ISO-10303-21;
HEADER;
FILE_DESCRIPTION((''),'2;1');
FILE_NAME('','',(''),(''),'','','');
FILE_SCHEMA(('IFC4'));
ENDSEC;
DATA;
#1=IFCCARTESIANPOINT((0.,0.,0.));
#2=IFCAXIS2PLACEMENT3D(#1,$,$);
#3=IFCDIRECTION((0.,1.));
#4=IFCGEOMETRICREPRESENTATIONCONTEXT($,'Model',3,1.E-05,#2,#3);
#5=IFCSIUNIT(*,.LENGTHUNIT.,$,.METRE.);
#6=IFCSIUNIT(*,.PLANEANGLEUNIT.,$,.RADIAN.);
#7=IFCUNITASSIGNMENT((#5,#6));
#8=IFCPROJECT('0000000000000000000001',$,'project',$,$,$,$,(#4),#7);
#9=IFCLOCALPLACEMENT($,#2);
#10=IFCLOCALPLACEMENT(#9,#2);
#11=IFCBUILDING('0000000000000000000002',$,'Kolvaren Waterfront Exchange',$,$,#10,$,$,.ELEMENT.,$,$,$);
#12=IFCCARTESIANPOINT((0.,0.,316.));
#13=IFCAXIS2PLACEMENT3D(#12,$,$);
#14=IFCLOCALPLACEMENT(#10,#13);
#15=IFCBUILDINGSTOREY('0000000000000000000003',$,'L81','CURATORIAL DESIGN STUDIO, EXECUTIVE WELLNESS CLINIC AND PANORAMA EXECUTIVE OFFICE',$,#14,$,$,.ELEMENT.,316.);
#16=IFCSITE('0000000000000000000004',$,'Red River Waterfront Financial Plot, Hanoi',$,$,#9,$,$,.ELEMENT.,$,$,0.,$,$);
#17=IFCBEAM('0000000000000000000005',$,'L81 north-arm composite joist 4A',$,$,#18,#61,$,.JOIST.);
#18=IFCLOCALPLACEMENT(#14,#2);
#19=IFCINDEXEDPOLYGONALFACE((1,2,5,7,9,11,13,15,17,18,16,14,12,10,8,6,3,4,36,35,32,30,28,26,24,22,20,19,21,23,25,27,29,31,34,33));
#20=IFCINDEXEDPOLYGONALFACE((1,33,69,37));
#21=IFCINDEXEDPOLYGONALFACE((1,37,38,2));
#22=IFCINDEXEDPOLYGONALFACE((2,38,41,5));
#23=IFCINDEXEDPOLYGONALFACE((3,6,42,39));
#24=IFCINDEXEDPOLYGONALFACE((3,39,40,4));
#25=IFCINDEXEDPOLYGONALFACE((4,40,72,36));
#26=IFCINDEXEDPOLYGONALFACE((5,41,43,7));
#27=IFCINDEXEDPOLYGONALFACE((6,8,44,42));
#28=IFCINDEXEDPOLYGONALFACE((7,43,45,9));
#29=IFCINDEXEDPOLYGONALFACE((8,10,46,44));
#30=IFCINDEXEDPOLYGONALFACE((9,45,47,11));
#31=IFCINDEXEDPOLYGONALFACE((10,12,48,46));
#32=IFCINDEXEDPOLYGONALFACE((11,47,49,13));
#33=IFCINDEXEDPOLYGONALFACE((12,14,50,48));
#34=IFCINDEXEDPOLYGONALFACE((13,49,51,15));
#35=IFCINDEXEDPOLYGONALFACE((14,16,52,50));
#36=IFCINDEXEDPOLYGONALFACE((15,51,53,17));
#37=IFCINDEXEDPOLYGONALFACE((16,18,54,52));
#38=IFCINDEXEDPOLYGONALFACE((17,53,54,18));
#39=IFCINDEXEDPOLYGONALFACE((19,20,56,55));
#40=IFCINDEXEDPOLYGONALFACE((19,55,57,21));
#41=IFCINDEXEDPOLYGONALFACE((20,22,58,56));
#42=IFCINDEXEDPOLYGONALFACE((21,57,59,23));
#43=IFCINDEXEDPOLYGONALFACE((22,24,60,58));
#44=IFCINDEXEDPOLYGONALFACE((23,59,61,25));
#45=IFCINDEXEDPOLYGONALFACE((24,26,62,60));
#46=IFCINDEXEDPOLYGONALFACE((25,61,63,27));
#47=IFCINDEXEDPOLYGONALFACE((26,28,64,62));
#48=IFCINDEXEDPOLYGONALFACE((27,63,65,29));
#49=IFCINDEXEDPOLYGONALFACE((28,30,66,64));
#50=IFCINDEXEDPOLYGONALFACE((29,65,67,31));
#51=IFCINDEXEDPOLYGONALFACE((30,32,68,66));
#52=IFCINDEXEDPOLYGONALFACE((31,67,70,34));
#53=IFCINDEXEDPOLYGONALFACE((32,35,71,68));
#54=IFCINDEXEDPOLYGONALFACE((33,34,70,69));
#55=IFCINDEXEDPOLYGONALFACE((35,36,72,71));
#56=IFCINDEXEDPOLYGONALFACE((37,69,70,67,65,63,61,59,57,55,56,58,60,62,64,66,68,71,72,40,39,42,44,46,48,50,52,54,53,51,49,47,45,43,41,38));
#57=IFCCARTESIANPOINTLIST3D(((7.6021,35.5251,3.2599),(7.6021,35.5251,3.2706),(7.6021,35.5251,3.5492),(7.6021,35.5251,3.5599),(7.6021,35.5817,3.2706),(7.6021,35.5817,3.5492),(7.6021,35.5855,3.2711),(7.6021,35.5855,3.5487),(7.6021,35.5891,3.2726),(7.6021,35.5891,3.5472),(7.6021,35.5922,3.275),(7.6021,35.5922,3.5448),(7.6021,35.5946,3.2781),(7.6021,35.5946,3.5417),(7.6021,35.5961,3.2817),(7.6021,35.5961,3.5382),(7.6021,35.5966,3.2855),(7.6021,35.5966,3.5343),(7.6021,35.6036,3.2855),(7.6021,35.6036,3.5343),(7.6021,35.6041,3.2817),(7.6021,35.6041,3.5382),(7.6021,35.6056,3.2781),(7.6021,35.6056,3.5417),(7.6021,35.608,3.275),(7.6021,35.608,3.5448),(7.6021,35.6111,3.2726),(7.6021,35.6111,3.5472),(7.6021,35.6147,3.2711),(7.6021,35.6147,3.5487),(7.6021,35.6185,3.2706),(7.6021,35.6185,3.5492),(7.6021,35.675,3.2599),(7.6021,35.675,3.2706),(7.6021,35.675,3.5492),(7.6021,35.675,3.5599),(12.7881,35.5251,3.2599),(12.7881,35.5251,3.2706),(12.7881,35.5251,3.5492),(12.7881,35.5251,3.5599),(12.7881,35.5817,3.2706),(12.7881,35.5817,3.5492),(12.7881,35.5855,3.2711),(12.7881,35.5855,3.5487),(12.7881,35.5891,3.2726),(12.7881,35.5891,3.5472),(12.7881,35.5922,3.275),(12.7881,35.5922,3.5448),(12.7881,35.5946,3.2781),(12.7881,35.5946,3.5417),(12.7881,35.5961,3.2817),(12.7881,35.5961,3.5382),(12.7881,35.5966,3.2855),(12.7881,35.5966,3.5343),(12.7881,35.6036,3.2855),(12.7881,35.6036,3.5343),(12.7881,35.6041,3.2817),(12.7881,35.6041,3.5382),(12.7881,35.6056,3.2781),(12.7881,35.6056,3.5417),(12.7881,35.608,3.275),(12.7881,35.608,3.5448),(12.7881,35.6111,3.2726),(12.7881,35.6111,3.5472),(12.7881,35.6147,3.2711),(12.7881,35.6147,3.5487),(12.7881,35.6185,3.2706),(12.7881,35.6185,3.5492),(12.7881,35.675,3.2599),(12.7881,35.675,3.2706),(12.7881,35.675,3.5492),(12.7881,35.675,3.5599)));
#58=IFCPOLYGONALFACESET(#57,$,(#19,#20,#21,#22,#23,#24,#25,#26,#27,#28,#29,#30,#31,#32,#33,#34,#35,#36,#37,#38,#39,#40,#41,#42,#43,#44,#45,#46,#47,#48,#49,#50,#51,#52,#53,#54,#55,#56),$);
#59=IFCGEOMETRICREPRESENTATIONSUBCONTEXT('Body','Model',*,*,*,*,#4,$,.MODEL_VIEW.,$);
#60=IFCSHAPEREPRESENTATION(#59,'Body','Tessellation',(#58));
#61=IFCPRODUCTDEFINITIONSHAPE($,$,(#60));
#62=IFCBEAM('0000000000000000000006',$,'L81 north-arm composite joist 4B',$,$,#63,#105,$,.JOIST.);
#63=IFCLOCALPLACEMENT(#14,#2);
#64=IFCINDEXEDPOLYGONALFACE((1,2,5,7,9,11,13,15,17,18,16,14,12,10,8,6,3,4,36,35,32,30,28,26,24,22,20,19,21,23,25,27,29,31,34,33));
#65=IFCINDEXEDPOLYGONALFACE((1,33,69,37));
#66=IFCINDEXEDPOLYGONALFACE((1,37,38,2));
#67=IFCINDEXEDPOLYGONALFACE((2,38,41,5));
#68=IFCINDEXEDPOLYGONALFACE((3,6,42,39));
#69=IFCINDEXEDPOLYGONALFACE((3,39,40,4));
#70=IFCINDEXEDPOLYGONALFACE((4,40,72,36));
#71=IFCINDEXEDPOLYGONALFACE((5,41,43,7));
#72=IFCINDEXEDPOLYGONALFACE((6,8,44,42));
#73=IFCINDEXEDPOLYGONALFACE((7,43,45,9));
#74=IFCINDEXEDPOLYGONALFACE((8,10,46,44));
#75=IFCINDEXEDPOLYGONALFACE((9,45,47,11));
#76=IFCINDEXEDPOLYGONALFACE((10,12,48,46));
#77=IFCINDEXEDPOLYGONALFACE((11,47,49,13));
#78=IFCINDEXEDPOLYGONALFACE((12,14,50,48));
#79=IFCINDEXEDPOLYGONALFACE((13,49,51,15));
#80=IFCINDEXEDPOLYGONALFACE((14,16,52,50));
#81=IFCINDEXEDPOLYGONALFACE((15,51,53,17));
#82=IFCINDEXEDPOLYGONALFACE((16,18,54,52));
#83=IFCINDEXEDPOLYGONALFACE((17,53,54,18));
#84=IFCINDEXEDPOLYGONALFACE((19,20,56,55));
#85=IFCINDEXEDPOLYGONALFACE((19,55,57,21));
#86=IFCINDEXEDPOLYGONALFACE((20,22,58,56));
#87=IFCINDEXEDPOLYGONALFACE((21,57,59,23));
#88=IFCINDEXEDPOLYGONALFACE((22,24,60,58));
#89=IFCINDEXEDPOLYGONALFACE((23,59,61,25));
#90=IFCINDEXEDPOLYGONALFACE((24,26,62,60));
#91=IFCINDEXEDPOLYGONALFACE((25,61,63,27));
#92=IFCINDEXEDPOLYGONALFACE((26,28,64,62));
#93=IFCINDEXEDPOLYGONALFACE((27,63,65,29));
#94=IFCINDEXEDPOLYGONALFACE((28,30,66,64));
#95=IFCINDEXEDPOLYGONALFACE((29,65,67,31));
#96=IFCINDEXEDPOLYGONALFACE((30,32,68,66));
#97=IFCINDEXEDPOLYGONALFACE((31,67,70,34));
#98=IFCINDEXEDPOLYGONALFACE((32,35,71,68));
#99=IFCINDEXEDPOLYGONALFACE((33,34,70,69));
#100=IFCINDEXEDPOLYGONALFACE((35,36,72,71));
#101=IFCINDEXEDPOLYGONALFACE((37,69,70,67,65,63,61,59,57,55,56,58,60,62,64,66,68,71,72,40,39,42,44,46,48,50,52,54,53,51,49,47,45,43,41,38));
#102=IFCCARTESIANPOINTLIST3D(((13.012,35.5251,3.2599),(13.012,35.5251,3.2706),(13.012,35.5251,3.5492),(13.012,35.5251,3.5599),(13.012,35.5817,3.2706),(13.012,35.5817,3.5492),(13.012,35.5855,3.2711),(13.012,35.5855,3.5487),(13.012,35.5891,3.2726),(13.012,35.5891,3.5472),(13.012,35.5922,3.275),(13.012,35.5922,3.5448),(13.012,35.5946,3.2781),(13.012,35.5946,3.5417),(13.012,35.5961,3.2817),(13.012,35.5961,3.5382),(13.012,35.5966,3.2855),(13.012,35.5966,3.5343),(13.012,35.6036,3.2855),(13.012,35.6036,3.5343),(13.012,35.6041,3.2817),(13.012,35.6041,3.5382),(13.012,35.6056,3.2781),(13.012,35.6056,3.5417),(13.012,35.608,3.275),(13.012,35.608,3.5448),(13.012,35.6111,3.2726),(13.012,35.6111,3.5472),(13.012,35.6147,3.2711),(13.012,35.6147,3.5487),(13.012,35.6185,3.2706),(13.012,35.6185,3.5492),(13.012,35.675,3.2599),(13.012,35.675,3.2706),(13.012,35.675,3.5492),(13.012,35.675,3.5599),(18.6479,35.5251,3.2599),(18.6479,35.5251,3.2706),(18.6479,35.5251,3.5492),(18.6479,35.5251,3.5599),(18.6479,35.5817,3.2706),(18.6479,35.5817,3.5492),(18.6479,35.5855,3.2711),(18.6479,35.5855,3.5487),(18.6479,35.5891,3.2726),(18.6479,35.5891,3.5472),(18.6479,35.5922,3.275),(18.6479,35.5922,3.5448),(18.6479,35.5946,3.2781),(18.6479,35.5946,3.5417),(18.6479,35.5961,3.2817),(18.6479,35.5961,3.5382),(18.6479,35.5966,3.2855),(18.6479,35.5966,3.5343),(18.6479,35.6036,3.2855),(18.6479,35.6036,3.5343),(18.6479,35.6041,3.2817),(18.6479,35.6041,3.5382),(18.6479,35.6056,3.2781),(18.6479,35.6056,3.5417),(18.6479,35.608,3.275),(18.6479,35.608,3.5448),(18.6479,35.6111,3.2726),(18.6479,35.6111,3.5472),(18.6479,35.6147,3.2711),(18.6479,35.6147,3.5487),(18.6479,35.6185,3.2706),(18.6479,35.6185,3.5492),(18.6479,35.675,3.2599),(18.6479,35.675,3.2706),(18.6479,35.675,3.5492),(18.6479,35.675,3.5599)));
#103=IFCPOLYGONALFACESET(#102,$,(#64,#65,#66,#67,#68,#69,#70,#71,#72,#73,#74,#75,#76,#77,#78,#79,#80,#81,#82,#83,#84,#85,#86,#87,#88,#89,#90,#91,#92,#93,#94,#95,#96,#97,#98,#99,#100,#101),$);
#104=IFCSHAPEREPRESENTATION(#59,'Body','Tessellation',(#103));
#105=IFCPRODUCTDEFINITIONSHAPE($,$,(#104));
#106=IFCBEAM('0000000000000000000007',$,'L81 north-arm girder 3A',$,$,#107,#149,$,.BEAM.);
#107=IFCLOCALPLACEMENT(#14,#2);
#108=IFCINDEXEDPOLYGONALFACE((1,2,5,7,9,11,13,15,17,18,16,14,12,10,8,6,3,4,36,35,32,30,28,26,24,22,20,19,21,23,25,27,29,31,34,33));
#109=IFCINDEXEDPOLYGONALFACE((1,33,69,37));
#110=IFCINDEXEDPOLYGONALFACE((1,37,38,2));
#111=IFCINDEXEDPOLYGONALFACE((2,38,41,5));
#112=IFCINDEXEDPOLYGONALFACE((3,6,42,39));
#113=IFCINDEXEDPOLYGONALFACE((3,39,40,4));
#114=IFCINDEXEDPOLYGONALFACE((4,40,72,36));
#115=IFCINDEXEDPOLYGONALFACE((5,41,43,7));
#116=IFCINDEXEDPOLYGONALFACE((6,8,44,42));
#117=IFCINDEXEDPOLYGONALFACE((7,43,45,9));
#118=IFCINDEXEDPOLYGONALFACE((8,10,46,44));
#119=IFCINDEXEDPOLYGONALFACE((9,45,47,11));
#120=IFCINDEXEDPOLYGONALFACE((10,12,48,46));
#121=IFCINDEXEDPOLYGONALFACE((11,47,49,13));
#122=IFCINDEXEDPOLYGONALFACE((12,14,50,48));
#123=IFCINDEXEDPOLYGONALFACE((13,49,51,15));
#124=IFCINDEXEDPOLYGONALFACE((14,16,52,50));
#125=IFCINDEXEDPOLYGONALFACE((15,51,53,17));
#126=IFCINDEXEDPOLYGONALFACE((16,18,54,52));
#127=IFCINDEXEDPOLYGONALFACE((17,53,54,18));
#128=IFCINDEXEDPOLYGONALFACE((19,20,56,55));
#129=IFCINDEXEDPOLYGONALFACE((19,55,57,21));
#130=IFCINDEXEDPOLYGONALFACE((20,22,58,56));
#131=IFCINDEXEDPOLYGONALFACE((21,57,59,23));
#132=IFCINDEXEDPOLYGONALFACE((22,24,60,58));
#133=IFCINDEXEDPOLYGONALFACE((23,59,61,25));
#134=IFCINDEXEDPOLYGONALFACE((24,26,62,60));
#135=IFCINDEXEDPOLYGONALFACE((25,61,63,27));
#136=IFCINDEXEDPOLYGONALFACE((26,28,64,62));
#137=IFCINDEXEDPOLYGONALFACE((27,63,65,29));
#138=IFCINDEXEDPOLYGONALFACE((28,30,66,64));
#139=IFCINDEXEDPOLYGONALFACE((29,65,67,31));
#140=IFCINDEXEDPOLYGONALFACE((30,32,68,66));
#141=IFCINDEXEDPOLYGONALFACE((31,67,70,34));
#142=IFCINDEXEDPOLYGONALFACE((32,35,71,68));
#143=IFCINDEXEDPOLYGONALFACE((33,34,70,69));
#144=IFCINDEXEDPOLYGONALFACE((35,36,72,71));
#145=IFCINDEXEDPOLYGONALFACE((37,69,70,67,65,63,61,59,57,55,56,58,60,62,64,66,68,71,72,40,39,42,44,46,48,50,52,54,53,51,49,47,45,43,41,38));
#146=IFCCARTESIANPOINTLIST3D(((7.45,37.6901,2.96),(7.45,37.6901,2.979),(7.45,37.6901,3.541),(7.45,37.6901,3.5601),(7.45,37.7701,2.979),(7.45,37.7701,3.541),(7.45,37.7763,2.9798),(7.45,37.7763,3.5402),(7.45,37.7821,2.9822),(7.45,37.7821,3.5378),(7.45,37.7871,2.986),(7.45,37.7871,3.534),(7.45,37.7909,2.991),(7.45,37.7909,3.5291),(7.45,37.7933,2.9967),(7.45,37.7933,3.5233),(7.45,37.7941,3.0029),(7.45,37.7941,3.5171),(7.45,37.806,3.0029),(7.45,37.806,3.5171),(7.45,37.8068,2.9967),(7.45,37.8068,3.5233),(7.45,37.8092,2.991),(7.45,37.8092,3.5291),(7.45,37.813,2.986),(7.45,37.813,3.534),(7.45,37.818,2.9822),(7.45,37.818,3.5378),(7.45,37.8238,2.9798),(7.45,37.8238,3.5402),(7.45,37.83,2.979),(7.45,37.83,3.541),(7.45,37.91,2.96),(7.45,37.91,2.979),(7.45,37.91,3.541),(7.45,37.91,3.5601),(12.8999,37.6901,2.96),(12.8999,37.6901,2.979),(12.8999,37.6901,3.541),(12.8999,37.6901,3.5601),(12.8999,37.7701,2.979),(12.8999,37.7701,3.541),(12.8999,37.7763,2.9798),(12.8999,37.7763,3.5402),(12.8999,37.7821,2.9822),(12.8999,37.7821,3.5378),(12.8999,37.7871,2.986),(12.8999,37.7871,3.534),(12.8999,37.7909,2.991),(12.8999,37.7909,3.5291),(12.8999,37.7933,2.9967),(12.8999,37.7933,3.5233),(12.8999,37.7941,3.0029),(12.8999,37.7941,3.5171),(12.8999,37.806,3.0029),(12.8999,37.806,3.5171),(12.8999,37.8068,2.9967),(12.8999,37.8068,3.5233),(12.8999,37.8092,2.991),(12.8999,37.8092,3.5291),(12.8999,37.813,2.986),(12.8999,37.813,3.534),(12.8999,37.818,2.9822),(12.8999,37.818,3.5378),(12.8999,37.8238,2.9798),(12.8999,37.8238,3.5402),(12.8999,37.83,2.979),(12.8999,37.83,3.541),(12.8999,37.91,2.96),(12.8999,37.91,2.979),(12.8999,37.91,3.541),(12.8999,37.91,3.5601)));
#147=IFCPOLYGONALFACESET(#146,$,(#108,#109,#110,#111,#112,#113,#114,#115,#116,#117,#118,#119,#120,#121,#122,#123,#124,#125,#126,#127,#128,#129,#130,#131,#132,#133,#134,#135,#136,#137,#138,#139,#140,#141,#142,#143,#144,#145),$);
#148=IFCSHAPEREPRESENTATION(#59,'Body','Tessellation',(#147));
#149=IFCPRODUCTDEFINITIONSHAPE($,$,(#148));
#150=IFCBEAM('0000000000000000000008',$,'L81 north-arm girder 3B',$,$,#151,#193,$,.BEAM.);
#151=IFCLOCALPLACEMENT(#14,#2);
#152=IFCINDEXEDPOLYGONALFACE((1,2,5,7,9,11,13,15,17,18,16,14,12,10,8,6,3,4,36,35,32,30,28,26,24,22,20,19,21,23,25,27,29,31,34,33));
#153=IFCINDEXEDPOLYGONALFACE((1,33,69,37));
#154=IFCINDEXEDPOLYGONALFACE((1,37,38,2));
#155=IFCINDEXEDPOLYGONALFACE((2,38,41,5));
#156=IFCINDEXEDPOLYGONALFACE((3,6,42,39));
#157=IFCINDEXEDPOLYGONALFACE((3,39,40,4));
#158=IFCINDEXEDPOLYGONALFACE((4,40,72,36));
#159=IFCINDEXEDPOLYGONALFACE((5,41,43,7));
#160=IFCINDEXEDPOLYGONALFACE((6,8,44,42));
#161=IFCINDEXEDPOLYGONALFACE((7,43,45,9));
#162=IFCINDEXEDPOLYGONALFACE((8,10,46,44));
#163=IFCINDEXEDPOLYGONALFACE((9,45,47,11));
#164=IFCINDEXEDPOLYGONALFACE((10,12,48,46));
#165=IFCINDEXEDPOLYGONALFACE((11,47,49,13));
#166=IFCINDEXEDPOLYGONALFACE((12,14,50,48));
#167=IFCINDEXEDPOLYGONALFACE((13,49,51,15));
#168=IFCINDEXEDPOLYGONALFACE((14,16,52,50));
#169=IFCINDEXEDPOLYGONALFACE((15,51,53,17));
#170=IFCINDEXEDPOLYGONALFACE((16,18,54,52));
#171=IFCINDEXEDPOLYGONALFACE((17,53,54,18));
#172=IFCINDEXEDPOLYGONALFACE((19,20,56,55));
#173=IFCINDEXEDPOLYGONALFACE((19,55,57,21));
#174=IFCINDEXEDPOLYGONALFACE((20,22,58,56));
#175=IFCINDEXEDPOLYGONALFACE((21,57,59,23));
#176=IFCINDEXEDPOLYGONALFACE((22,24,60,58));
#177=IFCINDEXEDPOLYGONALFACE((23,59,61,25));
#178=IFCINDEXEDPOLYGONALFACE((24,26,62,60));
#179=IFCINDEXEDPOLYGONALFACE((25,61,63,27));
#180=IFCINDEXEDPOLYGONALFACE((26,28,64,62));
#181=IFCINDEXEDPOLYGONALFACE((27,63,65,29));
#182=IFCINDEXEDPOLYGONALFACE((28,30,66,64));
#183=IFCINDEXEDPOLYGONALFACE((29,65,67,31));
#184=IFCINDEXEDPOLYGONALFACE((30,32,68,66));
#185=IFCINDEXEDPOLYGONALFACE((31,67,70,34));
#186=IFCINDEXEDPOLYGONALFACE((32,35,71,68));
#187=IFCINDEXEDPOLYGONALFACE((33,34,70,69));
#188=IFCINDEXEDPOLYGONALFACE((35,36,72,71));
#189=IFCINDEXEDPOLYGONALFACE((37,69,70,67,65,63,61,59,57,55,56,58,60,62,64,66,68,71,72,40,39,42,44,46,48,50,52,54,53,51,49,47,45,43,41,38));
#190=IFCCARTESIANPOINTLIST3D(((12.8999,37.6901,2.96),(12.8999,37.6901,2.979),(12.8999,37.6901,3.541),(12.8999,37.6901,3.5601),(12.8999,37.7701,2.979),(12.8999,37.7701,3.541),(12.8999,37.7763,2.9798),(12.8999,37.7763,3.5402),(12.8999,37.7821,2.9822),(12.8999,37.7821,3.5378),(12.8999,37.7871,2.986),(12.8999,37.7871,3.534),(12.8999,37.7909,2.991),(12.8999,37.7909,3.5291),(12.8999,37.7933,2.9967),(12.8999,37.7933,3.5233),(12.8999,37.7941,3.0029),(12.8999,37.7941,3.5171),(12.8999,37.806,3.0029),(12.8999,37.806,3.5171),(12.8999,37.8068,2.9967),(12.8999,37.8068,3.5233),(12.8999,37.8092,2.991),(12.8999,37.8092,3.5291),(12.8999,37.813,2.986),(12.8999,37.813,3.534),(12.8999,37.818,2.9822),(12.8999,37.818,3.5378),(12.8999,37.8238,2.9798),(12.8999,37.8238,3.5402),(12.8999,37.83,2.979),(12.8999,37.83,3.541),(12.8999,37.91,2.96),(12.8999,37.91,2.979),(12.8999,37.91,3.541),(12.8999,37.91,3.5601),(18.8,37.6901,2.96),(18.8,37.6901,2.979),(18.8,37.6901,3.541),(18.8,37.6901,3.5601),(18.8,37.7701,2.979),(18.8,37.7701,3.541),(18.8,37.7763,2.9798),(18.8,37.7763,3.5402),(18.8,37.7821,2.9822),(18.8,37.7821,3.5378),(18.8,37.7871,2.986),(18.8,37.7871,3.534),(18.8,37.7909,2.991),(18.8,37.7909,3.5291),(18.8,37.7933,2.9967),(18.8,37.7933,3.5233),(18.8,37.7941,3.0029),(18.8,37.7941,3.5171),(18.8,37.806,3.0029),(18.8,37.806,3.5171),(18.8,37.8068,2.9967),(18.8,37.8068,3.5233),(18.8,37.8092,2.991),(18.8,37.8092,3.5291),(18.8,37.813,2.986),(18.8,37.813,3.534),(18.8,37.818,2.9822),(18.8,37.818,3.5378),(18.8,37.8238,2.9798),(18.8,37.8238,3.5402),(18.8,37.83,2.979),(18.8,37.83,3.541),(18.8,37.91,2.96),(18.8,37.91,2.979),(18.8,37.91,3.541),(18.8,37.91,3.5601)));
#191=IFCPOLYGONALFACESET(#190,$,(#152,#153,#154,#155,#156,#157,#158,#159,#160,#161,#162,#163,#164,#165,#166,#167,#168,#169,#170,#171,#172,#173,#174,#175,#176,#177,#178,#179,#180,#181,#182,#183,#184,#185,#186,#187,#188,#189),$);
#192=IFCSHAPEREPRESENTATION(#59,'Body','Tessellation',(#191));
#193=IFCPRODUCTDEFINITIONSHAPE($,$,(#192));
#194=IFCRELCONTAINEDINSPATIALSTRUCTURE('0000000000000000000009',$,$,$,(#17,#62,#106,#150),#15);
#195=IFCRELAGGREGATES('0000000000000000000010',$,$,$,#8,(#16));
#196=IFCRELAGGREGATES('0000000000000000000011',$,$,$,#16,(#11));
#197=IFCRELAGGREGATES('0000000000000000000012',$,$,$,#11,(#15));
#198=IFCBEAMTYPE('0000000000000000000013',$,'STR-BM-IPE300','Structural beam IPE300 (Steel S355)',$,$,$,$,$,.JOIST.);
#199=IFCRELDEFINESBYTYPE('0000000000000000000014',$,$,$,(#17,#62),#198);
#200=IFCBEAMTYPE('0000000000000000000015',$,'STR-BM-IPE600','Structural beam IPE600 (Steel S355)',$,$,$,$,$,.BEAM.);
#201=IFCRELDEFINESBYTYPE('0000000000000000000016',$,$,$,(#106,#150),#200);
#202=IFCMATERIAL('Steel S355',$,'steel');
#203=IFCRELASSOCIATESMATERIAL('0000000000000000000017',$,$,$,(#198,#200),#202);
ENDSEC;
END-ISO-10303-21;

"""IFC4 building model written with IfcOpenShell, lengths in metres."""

from ifc_helpers import new_model, si_unit, direction, frame, origin, origin_2d, place, context, subcontext, project, spatial, i_section, extrude, material, material_profile, profile_set, type_object, element, save


model = new_model("IFC4")

# Units and contexts
model_context = context("Model", 3, precision=1e-05, world=origin(), true_north=direction((0.0, 1.0)))
body_context = subcontext(model_context, "Body", "Model", "MODEL_VIEW")
ifc_project = project(units=[si_unit("LENGTHUNIT", "METRE"), si_unit("PLANEANGLEUNIT", "RADIAN")], contexts=[model_context])

# Site, building, storey
site_placement = place(None, origin())
site = spatial("IfcSite", under=ifc_project, at=site_placement, Name="Red River Waterfront Financial Plot, Hanoi", CompositionType="ELEMENT", RefElevation=0.0)
building_placement = place(site_placement, origin())
building = spatial("IfcBuilding", under=site, at=building_placement, Name="Kolvaren Waterfront Exchange", CompositionType="ELEMENT")
storey_placement = place(building_placement, frame((0.0, 0.0, 316.0)))
storey = spatial("IfcBuildingStorey", under=building, at=storey_placement, Name="L81", Description="CURATORIAL DESIGN STUDIO, EXECUTIVE WELLNESS CLINIC AND PANORAMA EXECUTIVE OFFICE", CompositionType="ELEMENT", Elevation=316.0)

# Beams
ifc_material_1 = material(Name="Steel S355", Category="steel")
ifc_material_profile_1 = material_profile(ifc_material_1, i_section(OverallWidth=0.1499, OverallDepth=0.3, WebThickness=0.0071, FlangeThickness=0.0107, FilletRadius=0.0149, at=origin_2d()), Name="IPE300")
ifc_profile_set_1 = profile_set([ifc_material_profile_1], Name="Steel S355")
beam_type_1 = type_object("IfcBeamType", Name="STR-BM-IPE300", Description="Structural beam IPE300 (Steel S355)", PredefinedType="JOIST", material=ifc_profile_set_1)
beam_1_placement = place(storey_placement, frame((7.6021, 35.6001, 3.4099), z_axis=(1.0, 0.0, 0.0), x_axis=(0.0, 1.0, 0.0)))
element("IfcBeam", 1, at=beam_1_placement, inside=storey, type_object=beam_type_1, Name="L81 north-arm composite joist 4A", PredefinedType="JOIST", context=body_context, shape_type="SweptSolid", body=[
    extrude(i_section(OverallWidth=0.1499, OverallDepth=0.3, WebThickness=0.0071, FlangeThickness=0.0107, FilletRadius=0.0149, at=origin_2d()), origin(), (0.0, 0.0, 1.0), 5.186),
])
beam_2_placement = place(storey_placement, frame((13.012, 35.6001, 3.4099), z_axis=(1.0, 0.0, 0.0), x_axis=(0.0, 1.0, 0.0)))
element("IfcBeam", 2, at=beam_2_placement, inside=storey, type_object=beam_type_1, Name="L81 north-arm composite joist 4B", PredefinedType="JOIST", context=body_context, shape_type="SweptSolid", body=[
    extrude(i_section(OverallWidth=0.1499, OverallDepth=0.3, WebThickness=0.0071, FlangeThickness=0.0107, FilletRadius=0.0149, at=origin_2d()), origin(), (0.0, 0.0, 1.0), 5.636),
])
ifc_material_profile_2 = material_profile(ifc_material_1, i_section(OverallWidth=0.22, OverallDepth=0.6001, WebThickness=0.012, FlangeThickness=0.019, FilletRadius=0.0239, at=origin_2d()), Name="IPE600")
ifc_profile_set_2 = profile_set([ifc_material_profile_2], Name="Steel S355")
beam_type_2 = type_object("IfcBeamType", Name="STR-BM-IPE600", Description="Structural beam IPE600 (Steel S355)", PredefinedType="BEAM", material=ifc_profile_set_2)
beam_3_placement = place(storey_placement, frame((7.45, 37.8, 3.26), z_axis=(1.0, 0.0, 0.0), x_axis=(0.0, 1.0, 0.0)))
element("IfcBeam", 3, at=beam_3_placement, inside=storey, type_object=beam_type_2, Name="L81 north-arm girder 3A", PredefinedType="BEAM", context=body_context, shape_type="SweptSolid", body=[
    extrude(i_section(OverallWidth=0.22, OverallDepth=0.6001, WebThickness=0.012, FlangeThickness=0.019, FilletRadius=0.0239, at=origin_2d()), origin(), (0.0, 0.0, 1.0), 5.45),
])
beam_4_placement = place(storey_placement, frame((12.8999, 37.8, 3.26), z_axis=(1.0, 0.0, 0.0), x_axis=(0.0, 1.0, 0.0)))
element("IfcBeam", 4, at=beam_4_placement, inside=storey, type_object=beam_type_2, Name="L81 north-arm girder 3B", PredefinedType="BEAM", context=body_context, shape_type="SweptSolid", body=[
    extrude(i_section(OverallWidth=0.22, OverallDepth=0.6001, WebThickness=0.012, FlangeThickness=0.019, FilletRadius=0.0239, at=origin_2d()), origin(), (0.0, 0.0, 1.0), 5.9001),
])

save(model, "model.ifc")
